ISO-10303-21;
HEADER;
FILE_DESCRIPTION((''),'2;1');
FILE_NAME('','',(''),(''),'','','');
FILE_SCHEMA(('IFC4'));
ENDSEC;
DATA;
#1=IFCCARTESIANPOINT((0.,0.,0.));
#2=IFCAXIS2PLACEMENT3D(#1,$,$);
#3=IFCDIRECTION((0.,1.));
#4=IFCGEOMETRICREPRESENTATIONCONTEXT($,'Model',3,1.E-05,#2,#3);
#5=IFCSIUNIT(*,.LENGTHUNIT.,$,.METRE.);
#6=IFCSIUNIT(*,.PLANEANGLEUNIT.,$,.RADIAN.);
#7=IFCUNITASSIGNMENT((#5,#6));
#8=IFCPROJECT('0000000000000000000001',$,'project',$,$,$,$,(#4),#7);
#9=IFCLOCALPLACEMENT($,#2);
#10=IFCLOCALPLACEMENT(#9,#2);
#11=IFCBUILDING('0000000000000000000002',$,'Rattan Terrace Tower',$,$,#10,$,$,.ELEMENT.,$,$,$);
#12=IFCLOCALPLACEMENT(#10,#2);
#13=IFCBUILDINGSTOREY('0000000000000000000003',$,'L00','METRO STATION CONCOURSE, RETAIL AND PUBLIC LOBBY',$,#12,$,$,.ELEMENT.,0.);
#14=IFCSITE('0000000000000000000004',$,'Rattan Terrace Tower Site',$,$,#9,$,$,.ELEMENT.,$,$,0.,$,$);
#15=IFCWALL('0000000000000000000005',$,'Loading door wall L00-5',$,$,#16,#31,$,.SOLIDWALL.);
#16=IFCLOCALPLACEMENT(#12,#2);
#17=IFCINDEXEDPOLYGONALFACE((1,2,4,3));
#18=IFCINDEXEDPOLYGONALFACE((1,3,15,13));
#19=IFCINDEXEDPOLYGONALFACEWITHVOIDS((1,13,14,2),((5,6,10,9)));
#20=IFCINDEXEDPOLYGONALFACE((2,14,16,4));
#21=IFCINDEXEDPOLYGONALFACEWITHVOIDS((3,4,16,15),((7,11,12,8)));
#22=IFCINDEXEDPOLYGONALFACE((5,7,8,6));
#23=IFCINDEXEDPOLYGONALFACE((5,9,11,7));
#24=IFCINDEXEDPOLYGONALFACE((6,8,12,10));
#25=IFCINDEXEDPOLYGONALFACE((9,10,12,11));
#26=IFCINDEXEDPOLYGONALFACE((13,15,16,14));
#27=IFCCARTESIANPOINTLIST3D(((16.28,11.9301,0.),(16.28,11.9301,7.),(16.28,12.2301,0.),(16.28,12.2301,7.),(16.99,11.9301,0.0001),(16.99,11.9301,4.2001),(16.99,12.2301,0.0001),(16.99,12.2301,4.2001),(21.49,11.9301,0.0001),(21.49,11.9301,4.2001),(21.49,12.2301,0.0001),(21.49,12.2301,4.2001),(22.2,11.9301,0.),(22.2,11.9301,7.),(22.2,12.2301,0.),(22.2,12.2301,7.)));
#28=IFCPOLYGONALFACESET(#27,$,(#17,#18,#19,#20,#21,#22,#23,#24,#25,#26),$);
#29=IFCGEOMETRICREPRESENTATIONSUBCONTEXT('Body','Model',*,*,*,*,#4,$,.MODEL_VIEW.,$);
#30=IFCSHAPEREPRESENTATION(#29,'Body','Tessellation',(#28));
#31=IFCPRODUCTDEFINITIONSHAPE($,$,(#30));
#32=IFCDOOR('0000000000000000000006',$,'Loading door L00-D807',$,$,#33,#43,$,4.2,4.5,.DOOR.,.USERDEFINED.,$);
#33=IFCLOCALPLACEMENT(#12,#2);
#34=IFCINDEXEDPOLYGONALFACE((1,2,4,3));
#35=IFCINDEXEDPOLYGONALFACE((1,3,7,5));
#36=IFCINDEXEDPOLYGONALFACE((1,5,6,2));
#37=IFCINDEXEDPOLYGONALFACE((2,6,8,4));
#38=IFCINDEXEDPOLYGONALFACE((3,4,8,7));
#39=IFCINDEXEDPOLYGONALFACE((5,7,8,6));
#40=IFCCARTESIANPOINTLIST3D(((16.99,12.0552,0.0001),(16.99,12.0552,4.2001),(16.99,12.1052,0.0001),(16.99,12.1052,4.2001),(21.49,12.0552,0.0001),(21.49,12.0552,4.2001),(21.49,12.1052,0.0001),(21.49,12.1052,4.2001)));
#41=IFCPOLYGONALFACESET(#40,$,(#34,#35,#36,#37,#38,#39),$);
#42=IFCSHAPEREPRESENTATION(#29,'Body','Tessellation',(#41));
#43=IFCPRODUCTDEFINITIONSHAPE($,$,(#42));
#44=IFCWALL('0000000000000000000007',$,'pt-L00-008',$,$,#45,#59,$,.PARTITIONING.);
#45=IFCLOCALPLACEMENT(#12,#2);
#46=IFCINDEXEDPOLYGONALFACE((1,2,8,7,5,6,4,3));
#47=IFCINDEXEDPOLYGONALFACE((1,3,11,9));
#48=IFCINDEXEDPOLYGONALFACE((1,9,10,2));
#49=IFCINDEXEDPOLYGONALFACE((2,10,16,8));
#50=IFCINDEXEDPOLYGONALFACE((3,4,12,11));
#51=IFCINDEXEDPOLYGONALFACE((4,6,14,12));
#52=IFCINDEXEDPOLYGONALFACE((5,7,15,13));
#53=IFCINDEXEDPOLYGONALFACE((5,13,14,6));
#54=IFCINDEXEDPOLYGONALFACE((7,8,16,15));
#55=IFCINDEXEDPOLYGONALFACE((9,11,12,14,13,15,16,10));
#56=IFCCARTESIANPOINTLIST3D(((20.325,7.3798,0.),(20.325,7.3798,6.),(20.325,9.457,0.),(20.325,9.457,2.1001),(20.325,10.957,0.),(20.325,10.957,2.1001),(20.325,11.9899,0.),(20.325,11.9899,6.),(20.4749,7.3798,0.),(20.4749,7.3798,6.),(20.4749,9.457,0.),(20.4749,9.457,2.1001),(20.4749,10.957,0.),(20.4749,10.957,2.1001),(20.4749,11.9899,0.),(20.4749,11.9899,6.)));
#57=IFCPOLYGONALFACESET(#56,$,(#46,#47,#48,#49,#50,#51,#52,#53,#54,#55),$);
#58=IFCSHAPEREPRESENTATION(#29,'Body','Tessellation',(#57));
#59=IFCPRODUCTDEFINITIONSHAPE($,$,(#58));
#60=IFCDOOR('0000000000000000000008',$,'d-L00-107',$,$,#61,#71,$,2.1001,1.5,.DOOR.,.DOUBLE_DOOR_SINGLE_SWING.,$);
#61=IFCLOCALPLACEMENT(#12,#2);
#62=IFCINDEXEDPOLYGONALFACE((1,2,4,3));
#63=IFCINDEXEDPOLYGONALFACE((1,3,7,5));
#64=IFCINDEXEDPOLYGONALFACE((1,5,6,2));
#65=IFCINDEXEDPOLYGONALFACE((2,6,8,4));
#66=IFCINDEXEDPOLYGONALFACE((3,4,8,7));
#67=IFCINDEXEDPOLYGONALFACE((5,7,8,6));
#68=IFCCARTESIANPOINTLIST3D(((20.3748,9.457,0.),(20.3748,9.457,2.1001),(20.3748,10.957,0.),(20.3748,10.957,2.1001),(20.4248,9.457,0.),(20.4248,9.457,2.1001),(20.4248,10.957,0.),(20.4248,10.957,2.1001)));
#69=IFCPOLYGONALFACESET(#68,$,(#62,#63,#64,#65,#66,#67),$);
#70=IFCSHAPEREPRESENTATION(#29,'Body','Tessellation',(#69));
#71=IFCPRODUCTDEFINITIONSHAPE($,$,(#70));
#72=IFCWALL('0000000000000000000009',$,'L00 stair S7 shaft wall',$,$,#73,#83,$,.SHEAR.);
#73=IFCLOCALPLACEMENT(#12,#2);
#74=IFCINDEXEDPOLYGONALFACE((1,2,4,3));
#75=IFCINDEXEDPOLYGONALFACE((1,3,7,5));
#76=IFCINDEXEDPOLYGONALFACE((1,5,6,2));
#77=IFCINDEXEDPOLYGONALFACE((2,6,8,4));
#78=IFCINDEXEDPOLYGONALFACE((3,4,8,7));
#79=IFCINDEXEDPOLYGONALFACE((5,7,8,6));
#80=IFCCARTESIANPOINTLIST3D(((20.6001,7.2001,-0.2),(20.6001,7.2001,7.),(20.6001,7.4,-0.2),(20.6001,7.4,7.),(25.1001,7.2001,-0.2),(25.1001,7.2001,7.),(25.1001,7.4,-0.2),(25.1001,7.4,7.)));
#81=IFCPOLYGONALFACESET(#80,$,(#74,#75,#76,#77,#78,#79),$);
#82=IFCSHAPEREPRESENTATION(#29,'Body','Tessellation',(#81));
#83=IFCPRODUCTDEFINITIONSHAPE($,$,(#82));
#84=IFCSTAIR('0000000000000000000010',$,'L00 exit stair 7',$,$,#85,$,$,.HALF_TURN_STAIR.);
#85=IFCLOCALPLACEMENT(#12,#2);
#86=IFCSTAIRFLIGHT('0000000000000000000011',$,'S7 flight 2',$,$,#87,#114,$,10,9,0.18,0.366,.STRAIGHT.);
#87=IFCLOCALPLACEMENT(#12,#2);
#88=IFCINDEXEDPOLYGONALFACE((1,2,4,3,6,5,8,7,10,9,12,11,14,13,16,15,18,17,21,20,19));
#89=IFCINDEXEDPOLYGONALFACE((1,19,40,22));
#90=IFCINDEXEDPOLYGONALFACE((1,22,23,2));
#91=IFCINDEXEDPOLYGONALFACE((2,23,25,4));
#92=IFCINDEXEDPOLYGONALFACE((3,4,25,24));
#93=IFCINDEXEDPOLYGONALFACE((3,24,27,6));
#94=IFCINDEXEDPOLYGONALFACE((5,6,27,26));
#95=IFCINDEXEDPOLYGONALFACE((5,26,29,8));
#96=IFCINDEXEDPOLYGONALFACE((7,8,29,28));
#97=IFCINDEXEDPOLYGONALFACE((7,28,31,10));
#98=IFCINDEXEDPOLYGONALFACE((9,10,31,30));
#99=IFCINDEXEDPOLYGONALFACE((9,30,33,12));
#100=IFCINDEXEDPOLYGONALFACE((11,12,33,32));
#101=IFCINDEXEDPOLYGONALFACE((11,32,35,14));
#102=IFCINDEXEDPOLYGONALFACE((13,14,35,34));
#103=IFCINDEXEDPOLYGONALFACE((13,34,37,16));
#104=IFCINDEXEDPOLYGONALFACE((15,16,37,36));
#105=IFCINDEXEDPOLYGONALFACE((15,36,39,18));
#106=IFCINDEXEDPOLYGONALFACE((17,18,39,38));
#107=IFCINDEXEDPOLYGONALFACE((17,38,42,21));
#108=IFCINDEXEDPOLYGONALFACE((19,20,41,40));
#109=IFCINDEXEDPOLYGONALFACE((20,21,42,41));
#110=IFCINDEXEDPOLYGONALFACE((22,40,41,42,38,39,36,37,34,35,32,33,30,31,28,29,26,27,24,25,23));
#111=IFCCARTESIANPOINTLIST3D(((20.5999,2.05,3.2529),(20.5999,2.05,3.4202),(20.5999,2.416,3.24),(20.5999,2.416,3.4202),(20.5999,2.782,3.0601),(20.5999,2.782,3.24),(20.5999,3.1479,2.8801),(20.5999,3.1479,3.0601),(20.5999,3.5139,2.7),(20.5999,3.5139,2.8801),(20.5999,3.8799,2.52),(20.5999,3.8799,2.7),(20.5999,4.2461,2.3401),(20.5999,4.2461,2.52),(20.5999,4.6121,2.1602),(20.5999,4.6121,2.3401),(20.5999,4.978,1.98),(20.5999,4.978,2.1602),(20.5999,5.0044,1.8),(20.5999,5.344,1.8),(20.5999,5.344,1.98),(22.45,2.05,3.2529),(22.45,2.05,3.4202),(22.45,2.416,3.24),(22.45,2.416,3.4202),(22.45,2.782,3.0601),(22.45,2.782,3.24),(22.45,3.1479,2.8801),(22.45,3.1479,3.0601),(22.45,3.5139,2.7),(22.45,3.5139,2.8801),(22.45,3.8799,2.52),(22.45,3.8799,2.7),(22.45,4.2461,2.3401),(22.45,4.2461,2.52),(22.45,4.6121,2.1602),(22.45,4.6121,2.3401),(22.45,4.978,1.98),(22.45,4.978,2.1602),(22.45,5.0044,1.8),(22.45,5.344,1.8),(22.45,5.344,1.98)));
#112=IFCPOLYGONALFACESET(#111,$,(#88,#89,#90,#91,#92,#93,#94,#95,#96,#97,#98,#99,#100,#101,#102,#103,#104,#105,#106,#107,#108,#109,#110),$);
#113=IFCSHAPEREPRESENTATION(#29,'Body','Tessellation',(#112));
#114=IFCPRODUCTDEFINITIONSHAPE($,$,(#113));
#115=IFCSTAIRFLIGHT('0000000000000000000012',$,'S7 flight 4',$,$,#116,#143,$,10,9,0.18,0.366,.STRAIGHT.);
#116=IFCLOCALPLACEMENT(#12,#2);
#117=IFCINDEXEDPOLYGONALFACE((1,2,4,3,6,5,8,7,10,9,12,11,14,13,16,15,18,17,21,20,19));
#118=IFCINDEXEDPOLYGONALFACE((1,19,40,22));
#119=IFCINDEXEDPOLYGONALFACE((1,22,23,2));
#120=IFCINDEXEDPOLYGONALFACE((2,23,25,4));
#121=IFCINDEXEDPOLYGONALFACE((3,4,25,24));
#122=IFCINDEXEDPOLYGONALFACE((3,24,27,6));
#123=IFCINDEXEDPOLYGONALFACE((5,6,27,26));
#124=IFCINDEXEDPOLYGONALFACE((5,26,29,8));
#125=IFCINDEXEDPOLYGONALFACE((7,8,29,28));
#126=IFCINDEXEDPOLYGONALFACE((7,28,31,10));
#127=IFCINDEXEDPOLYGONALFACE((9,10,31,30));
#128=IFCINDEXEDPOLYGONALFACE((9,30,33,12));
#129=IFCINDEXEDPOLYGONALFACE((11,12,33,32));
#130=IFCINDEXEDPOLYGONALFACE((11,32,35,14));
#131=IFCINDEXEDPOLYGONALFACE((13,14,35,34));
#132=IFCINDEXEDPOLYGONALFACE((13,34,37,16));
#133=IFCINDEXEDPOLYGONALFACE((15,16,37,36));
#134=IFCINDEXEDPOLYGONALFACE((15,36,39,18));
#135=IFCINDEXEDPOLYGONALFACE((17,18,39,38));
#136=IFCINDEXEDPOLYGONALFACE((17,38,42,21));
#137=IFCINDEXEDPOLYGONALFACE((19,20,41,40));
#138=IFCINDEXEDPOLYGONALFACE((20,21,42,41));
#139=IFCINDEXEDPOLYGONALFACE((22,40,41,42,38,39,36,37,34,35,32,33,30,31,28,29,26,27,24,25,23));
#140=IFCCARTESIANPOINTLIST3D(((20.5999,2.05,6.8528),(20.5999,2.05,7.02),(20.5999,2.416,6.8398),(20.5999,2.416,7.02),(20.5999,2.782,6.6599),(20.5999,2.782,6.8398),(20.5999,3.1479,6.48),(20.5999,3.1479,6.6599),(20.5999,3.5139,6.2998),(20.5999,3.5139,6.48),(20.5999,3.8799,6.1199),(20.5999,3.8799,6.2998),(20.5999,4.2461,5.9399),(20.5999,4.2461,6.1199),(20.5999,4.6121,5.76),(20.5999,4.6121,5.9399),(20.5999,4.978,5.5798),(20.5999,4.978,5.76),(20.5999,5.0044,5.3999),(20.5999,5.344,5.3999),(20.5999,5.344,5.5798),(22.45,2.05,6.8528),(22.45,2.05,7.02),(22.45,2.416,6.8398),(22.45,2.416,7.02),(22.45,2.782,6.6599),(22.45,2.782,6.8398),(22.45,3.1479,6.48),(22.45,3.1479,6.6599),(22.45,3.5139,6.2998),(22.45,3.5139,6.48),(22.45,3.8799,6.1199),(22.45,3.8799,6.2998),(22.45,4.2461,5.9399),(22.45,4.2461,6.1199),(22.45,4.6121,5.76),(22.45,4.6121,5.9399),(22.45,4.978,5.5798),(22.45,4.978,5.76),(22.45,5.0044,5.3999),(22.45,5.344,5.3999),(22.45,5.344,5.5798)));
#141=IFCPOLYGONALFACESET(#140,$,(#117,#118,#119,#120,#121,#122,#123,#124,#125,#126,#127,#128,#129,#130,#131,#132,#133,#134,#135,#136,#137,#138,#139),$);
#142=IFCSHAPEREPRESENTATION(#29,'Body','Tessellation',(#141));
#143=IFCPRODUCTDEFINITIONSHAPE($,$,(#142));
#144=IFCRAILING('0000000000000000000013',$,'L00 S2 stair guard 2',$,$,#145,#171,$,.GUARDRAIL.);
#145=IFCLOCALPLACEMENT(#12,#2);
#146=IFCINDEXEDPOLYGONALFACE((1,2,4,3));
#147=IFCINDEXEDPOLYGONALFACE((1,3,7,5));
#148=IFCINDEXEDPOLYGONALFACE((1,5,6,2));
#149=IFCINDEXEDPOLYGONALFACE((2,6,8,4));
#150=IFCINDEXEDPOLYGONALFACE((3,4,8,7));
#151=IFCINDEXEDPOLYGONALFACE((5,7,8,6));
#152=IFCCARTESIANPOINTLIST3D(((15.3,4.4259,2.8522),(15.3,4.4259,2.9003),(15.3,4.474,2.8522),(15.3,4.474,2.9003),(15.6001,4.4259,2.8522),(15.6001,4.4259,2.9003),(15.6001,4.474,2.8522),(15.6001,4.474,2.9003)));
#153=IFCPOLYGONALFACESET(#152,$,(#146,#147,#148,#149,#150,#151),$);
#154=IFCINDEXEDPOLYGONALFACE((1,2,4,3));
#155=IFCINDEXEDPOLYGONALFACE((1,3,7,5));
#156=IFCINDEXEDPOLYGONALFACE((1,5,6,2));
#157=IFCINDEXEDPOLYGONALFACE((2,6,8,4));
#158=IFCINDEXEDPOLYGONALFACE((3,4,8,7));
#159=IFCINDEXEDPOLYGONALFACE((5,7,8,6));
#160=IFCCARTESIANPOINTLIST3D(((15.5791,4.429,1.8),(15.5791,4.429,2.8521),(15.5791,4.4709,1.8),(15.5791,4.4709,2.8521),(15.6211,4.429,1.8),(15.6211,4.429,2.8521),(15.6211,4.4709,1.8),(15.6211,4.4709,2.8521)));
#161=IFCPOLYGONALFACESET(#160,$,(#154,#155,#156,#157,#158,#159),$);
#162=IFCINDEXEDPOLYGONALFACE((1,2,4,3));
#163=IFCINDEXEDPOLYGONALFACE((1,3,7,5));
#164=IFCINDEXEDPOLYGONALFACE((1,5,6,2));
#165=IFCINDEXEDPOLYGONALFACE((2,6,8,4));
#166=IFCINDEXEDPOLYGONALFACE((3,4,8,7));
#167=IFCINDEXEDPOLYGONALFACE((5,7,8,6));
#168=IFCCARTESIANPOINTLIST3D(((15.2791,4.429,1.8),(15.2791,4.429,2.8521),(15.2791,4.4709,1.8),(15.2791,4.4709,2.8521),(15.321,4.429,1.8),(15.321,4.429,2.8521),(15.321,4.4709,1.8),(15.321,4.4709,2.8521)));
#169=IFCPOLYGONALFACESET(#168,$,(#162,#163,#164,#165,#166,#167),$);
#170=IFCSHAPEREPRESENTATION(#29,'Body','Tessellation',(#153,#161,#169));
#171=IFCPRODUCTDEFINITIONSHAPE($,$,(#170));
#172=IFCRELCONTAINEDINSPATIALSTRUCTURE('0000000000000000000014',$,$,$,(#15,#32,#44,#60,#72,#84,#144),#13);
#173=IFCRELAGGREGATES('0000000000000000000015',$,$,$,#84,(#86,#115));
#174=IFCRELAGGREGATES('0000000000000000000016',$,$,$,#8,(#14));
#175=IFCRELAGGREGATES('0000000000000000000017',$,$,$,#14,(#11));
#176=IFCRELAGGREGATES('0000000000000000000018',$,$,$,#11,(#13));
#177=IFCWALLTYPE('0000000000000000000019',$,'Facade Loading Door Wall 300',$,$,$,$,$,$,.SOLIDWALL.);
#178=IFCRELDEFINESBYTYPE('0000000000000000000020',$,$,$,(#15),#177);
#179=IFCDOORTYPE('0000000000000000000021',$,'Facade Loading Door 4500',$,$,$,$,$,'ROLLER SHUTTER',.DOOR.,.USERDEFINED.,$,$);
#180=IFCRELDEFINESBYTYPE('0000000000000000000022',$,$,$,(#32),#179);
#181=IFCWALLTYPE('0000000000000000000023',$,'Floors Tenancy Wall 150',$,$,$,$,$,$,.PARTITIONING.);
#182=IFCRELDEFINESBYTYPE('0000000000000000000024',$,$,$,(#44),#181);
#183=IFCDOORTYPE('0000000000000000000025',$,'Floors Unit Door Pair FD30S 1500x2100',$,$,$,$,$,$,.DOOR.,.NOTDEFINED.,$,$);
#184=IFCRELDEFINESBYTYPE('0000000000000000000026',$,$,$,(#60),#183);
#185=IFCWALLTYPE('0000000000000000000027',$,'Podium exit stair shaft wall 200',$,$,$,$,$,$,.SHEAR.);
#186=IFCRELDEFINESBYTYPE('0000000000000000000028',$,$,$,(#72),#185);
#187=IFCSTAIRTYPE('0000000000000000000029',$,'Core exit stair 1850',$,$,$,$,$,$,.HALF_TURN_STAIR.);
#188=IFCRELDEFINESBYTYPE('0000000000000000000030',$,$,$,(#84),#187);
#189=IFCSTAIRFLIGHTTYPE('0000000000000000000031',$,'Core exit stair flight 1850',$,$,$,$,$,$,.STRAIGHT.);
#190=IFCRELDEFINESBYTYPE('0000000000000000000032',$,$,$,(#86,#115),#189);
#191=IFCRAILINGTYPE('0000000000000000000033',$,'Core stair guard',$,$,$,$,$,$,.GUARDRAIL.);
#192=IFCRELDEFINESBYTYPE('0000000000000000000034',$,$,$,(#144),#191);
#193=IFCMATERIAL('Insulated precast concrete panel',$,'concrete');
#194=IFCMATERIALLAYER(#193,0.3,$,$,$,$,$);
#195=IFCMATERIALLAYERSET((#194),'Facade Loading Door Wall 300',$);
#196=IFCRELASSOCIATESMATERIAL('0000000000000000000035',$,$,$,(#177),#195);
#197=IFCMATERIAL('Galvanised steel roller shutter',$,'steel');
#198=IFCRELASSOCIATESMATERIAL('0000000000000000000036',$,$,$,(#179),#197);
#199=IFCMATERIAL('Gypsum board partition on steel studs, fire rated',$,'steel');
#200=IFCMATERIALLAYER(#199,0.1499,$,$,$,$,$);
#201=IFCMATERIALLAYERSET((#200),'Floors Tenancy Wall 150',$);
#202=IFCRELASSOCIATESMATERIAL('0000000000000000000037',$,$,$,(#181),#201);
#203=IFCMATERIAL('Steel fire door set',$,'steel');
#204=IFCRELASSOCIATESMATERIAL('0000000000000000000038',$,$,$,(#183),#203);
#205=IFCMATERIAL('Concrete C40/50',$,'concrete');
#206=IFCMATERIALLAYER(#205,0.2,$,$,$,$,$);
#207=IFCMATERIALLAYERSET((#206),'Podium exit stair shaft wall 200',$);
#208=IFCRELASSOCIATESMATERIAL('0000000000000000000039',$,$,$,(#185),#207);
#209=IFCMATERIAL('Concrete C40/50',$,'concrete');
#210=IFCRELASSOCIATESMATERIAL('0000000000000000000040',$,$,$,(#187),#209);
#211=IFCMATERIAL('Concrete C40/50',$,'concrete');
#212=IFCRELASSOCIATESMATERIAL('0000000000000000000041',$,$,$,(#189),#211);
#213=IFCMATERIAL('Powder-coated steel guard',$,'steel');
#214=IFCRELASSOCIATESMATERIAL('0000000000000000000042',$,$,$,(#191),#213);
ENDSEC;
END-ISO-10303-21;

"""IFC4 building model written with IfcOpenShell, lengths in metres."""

from ifc_helpers import new_model, si_unit, direction, frame, frame_2d, origin, origin_2d, place, context, subcontext, project, spatial, polyline, rectangle, outline, extrude, material, layer, layer_set, type_object, element, fill, aggregate, save


model = new_model("IFC4")

# Units and contexts
model_context = context("Model", 3, precision=1e-05, world=origin(), true_north=direction((0.0, 1.0)))
body_context = subcontext(model_context, "Body", "Model", "MODEL_VIEW")
ifc_project = project(units=[si_unit("LENGTHUNIT", "METRE"), si_unit("PLANEANGLEUNIT", "RADIAN")], contexts=[model_context])

# Site, building, storey
site_placement = place(None, origin())
site = spatial("IfcSite", under=ifc_project, at=site_placement, Name="Rattan Terrace Tower Site", CompositionType="ELEMENT", RefElevation=0.0)
building_placement = place(site_placement, origin())
building = spatial("IfcBuilding", under=site, at=building_placement, Name="Rattan Terrace Tower", CompositionType="ELEMENT")
storey_placement = place(building_placement, origin())
storey = spatial("IfcBuildingStorey", under=building, at=storey_placement, Name="L00", Description="METRO STATION CONCOURSE, RETAIL AND PUBLIC LOBBY", CompositionType="ELEMENT", Elevation=0.0)

# Walls, openings, doors
ifc_material_1 = material(Name="Insulated precast concrete panel", Category="concrete")
ifc_layer_1 = layer(ifc_material_1, 0.3)
ifc_layer_set_1 = layer_set([ifc_layer_1], Name="Facade Loading Door Wall 300")
wall_type_1 = type_object("IfcWallType", Name="Facade Loading Door Wall 300", PredefinedType="SOLIDWALL", material=ifc_layer_set_1)
wall_1_placement = place(storey_placement, frame((22.2, 12.0801, 0.0), z_axis=(0.0, 0.0, 1.0), x_axis=(-1.0, 0.0, 0.0)))
wall_1 = element("IfcWall", 1, at=wall_1_placement, inside=storey, type_object=wall_type_1, Name="Loading door wall L00-5", PredefinedType="SOLIDWALL", context=body_context, shape_type="SweptSolid", body=[
    extrude(rectangle(XDim=5.9199, YDim=0.3, at=frame_2d((2.96, 0.0))), origin(), (0.0, 0.0, 1.0), 7.0),
])
opening_1_placement = place(wall_1_placement, frame((0.71, 0.0, 0.0)))
opening_1 = element("IfcOpeningElement", 2, at=opening_1_placement, cuts=wall_1, PredefinedType="OPENING", context=body_context, shape_type="SweptSolid", body=[
    extrude(rectangle(XDim=4.5, YDim=4.2, at=frame_2d((2.25, 2.1001))), frame((0.0, 0.1606, 0.0), z_axis=(0.0, -1.0, 0.0), x_axis=(1.0, 0.0, 0.0)), (0.0, 0.0, 1.0), 0.321),
])
ifc_material_2 = material(Name="Galvanised steel roller shutter", Category="steel")
door_type_1 = type_object("IfcDoorType", Name="Facade Loading Door 4500", ElementType="ROLLER SHUTTER", OperationType="USERDEFINED", PredefinedType="DOOR", material=ifc_material_2)
door_1_placement = place(opening_1_placement, origin())
door_1 = element("IfcDoor", 3, at=door_1_placement, inside=storey, type_object=door_type_1, Name="Loading door L00-D807", OperationType="USERDEFINED", OverallHeight=4.2, OverallWidth=4.5, PredefinedType="DOOR", context=body_context, shape_type="SweptSolid", body=[
    extrude(rectangle(XDim=4.5, YDim=4.2, at=frame_2d((2.25, 2.1001))), frame((0.0, 0.0249, 0.0), z_axis=(0.0, -1.0, 0.0), x_axis=(1.0, 0.0, 0.0)), (0.0, 0.0, 1.0), 0.05),
])
fill(opening_1, door_1)
ifc_material_3 = material(Name="Gypsum board partition on steel studs, fire rated", Category="steel")
ifc_layer_2 = layer(ifc_material_3, 0.1499)
ifc_layer_set_2 = layer_set([ifc_layer_2], Name="Floors Tenancy Wall 150")
wall_type_2 = type_object("IfcWallType", Name="Floors Tenancy Wall 150", PredefinedType="PARTITIONING", material=ifc_layer_set_2)
wall_2_placement = place(storey_placement, frame((20.3999, 11.99, 0.0), z_axis=(0.0, 0.0, 1.0), x_axis=(0.0, -1.0, 0.0)))
wall_2 = element("IfcWall", 4, at=wall_2_placement, inside=storey, type_object=wall_type_2, Name="pt-L00-008", PredefinedType="PARTITIONING", context=body_context, shape_type="SweptSolid", body=[
    extrude(rectangle(XDim=4.6101, YDim=0.1499, at=frame_2d((2.3052, 0.0))), origin(), (0.0, 0.0, 1.0), 6.0),
])
opening_2_placement = place(wall_2_placement, frame((1.033, 0.0, 0.0)))
opening_2 = element("IfcOpeningElement", 5, at=opening_2_placement, cuts=wall_2, PredefinedType="OPENING", context=body_context, shape_type="SweptSolid", body=[
    extrude(rectangle(XDim=1.5, YDim=2.1001, at=frame_2d((0.75, 1.05))), frame((0.0, 0.0854, 0.0), z_axis=(0.0, -1.0, 0.0), x_axis=(1.0, 0.0, 0.0)), (0.0, 0.0, 1.0), 0.1709),
])
ifc_material_4 = material(Name="Steel fire door set", Category="steel")
door_type_2 = type_object("IfcDoorType", Name="Floors Unit Door Pair FD30S 1500x2100", OperationType="NOTDEFINED", PredefinedType="DOOR", material=ifc_material_4)
door_2_placement = place(opening_2_placement, origin())
door_2 = element("IfcDoor", 6, at=door_2_placement, inside=storey, type_object=door_type_2, Name="d-L00-107", OperationType="DOUBLE_DOOR_SINGLE_SWING", OverallHeight=2.1001, OverallWidth=1.5, PredefinedType="DOOR", context=body_context, shape_type="SweptSolid", body=[
    extrude(rectangle(XDim=1.5, YDim=2.1001, at=frame_2d((0.75, 1.05))), frame((0.0, 0.0249, 0.0), z_axis=(0.0, -1.0, 0.0), x_axis=(1.0, 0.0, 0.0)), (0.0, 0.0, 1.0), 0.05),
])
fill(opening_2, door_2)

# Wall
ifc_material_5 = material(Name="Concrete C40/50", Category="concrete")
ifc_layer_3 = layer(ifc_material_5, 0.2)
ifc_layer_set_3 = layer_set([ifc_layer_3], Name="Podium exit stair shaft wall 200")
wall_type_3 = type_object("IfcWallType", Name="Podium exit stair shaft wall 200", PredefinedType="SHEAR", material=ifc_layer_set_3)
wall_3_placement = place(storey_placement, frame((20.6001, 7.3, -0.2), z_axis=(0.0, 0.0, 1.0), x_axis=(1.0, 0.0, 0.0)))
element("IfcWall", 7, at=wall_3_placement, inside=storey, type_object=wall_type_3, Name="L00 stair S7 shaft wall", PredefinedType="SHEAR", context=body_context, shape_type="SweptSolid", body=[
    extrude(rectangle(XDim=4.5, YDim=0.2, at=frame_2d((2.25, 0.0))), origin(), (0.0, 0.0, 1.0), 7.2),
])

# Stair, stair flights
ifc_material_6 = material(Name="Concrete C40/50", Category="concrete")
stair_type = type_object("IfcStairType", Name="Core exit stair 1850", PredefinedType="HALF_TURN_STAIR", material=ifc_material_6)
stair_placement = place(storey_placement, origin())
stair = element("IfcStair", 8, at=stair_placement, inside=storey, type_object=stair_type, Name="L00 exit stair 7", PredefinedType="HALF_TURN_STAIR")
ifc_material_7 = material(Name="Concrete C40/50", Category="concrete")
stair_flight_type = type_object("IfcStairFlightType", Name="Core exit stair flight 1850", PredefinedType="STRAIGHT", material=ifc_material_7)
stair_flight_1_placement = place(storey_placement, frame((21.5249, 5.344, 1.8), z_axis=(0.0, 0.0, 1.0), x_axis=(0.0, -1.0, 0.0)))
stair_flight_1 = element("IfcStairFlight", 9, at=stair_flight_1_placement, type_object=stair_flight_type, Name="S7 flight 2", NumberOfRisers=10, NumberOfTreads=9, PredefinedType="STRAIGHT", RiserHeight=0.18, TreadLength=0.366, context=body_context, shape_type="SweptSolid", body=[
    extrude(outline(polyline([(0.0, 0.0), (0.0, 0.1799), (0.366, 0.1799), (0.366, 0.3601), (0.7319, 0.3601), (0.7319, 0.54), (1.0979, 0.54), (1.0979, 0.72), (1.4641, 0.72), (1.4641, 0.8999), (1.8301, 0.8999), (1.8301, 1.0801), (2.196, 1.0801), (2.196, 1.26), (2.562, 1.26), (2.562, 1.4399), (2.928, 1.4399), (2.928, 1.6201), (3.2939, 1.6201), (3.2939, 1.8), (3.2939, 1.4529), (0.3396, 0.0), (0.0, 0.0)])), frame((0.0, 0.925, 0.0), z_axis=(0.0, -1.0, 0.0), x_axis=(1.0, 0.0, 0.0)), (0.0, 0.0, 1.0), 1.8501),
])
stair_flight_2_placement = place(storey_placement, frame((21.5249, 5.344, 5.3999), z_axis=(0.0, 0.0, 1.0), x_axis=(0.0, -1.0, 0.0)))
stair_flight_2 = element("IfcStairFlight", 10, at=stair_flight_2_placement, type_object=stair_flight_type, Name="S7 flight 4", NumberOfRisers=10, NumberOfTreads=9, PredefinedType="STRAIGHT", RiserHeight=0.18, TreadLength=0.366, context=body_context, shape_type="SweptSolid", body=[
    extrude(outline(polyline([(0.0, 0.0), (0.0, 0.1799), (0.366, 0.1799), (0.366, 0.3601), (0.7319, 0.3601), (0.7319, 0.54), (1.0979, 0.54), (1.0979, 0.72), (1.4641, 0.72), (1.4641, 0.8999), (1.8301, 0.8999), (1.8301, 1.0801), (2.196, 1.0801), (2.196, 1.26), (2.562, 1.26), (2.562, 1.4399), (2.928, 1.4399), (2.928, 1.6201), (3.2939, 1.6201), (3.2939, 1.8), (3.2939, 1.4529), (0.3396, 0.0), (0.0, 0.0)])), frame((0.0, 0.925, 0.0), z_axis=(0.0, -1.0, 0.0), x_axis=(1.0, 0.0, 0.0)), (0.0, 0.0, 1.0), 1.8501),
])
aggregate(stair, [stair_flight_1, stair_flight_2])

# Railing
ifc_material_8 = material(Name="Powder-coated steel guard", Category="steel")
railing_type_1 = type_object("IfcRailingType", Name="Core stair guard", PredefinedType="GUARDRAIL", material=ifc_material_8)
for number, where, name in (
    (11, (15.6001, 4.45, 1.8), "L00 S2 stair guard 2"),
):
    element("IfcRailing", number, at=place(storey_placement, frame(where)), inside=storey, type_object=railing_type_1, Name=name, PredefinedType="GUARDRAIL", context=body_context, shape_type="SweptSolid", body=[
        extrude(rectangle(XDim=0.0481, YDim=0.0481, at=origin_2d()), frame((0.0, 0.0, 1.0762), z_axis=(-1.0, 0.0, 0.0), x_axis=(0.0, -1.0, 0.0)), (0.0, 0.0, 1.0), 0.3),
        extrude(rectangle(XDim=0.042, YDim=0.042, at=origin_2d()), origin(), (0.0, 0.0, 1.0), 1.052),
        extrude(rectangle(XDim=0.042, YDim=0.042, at=origin_2d()), frame((-0.3, 0.0, 0.0)), (0.0, 0.0, 1.0), 1.052),
    ])

save(model, "model.ifc")
